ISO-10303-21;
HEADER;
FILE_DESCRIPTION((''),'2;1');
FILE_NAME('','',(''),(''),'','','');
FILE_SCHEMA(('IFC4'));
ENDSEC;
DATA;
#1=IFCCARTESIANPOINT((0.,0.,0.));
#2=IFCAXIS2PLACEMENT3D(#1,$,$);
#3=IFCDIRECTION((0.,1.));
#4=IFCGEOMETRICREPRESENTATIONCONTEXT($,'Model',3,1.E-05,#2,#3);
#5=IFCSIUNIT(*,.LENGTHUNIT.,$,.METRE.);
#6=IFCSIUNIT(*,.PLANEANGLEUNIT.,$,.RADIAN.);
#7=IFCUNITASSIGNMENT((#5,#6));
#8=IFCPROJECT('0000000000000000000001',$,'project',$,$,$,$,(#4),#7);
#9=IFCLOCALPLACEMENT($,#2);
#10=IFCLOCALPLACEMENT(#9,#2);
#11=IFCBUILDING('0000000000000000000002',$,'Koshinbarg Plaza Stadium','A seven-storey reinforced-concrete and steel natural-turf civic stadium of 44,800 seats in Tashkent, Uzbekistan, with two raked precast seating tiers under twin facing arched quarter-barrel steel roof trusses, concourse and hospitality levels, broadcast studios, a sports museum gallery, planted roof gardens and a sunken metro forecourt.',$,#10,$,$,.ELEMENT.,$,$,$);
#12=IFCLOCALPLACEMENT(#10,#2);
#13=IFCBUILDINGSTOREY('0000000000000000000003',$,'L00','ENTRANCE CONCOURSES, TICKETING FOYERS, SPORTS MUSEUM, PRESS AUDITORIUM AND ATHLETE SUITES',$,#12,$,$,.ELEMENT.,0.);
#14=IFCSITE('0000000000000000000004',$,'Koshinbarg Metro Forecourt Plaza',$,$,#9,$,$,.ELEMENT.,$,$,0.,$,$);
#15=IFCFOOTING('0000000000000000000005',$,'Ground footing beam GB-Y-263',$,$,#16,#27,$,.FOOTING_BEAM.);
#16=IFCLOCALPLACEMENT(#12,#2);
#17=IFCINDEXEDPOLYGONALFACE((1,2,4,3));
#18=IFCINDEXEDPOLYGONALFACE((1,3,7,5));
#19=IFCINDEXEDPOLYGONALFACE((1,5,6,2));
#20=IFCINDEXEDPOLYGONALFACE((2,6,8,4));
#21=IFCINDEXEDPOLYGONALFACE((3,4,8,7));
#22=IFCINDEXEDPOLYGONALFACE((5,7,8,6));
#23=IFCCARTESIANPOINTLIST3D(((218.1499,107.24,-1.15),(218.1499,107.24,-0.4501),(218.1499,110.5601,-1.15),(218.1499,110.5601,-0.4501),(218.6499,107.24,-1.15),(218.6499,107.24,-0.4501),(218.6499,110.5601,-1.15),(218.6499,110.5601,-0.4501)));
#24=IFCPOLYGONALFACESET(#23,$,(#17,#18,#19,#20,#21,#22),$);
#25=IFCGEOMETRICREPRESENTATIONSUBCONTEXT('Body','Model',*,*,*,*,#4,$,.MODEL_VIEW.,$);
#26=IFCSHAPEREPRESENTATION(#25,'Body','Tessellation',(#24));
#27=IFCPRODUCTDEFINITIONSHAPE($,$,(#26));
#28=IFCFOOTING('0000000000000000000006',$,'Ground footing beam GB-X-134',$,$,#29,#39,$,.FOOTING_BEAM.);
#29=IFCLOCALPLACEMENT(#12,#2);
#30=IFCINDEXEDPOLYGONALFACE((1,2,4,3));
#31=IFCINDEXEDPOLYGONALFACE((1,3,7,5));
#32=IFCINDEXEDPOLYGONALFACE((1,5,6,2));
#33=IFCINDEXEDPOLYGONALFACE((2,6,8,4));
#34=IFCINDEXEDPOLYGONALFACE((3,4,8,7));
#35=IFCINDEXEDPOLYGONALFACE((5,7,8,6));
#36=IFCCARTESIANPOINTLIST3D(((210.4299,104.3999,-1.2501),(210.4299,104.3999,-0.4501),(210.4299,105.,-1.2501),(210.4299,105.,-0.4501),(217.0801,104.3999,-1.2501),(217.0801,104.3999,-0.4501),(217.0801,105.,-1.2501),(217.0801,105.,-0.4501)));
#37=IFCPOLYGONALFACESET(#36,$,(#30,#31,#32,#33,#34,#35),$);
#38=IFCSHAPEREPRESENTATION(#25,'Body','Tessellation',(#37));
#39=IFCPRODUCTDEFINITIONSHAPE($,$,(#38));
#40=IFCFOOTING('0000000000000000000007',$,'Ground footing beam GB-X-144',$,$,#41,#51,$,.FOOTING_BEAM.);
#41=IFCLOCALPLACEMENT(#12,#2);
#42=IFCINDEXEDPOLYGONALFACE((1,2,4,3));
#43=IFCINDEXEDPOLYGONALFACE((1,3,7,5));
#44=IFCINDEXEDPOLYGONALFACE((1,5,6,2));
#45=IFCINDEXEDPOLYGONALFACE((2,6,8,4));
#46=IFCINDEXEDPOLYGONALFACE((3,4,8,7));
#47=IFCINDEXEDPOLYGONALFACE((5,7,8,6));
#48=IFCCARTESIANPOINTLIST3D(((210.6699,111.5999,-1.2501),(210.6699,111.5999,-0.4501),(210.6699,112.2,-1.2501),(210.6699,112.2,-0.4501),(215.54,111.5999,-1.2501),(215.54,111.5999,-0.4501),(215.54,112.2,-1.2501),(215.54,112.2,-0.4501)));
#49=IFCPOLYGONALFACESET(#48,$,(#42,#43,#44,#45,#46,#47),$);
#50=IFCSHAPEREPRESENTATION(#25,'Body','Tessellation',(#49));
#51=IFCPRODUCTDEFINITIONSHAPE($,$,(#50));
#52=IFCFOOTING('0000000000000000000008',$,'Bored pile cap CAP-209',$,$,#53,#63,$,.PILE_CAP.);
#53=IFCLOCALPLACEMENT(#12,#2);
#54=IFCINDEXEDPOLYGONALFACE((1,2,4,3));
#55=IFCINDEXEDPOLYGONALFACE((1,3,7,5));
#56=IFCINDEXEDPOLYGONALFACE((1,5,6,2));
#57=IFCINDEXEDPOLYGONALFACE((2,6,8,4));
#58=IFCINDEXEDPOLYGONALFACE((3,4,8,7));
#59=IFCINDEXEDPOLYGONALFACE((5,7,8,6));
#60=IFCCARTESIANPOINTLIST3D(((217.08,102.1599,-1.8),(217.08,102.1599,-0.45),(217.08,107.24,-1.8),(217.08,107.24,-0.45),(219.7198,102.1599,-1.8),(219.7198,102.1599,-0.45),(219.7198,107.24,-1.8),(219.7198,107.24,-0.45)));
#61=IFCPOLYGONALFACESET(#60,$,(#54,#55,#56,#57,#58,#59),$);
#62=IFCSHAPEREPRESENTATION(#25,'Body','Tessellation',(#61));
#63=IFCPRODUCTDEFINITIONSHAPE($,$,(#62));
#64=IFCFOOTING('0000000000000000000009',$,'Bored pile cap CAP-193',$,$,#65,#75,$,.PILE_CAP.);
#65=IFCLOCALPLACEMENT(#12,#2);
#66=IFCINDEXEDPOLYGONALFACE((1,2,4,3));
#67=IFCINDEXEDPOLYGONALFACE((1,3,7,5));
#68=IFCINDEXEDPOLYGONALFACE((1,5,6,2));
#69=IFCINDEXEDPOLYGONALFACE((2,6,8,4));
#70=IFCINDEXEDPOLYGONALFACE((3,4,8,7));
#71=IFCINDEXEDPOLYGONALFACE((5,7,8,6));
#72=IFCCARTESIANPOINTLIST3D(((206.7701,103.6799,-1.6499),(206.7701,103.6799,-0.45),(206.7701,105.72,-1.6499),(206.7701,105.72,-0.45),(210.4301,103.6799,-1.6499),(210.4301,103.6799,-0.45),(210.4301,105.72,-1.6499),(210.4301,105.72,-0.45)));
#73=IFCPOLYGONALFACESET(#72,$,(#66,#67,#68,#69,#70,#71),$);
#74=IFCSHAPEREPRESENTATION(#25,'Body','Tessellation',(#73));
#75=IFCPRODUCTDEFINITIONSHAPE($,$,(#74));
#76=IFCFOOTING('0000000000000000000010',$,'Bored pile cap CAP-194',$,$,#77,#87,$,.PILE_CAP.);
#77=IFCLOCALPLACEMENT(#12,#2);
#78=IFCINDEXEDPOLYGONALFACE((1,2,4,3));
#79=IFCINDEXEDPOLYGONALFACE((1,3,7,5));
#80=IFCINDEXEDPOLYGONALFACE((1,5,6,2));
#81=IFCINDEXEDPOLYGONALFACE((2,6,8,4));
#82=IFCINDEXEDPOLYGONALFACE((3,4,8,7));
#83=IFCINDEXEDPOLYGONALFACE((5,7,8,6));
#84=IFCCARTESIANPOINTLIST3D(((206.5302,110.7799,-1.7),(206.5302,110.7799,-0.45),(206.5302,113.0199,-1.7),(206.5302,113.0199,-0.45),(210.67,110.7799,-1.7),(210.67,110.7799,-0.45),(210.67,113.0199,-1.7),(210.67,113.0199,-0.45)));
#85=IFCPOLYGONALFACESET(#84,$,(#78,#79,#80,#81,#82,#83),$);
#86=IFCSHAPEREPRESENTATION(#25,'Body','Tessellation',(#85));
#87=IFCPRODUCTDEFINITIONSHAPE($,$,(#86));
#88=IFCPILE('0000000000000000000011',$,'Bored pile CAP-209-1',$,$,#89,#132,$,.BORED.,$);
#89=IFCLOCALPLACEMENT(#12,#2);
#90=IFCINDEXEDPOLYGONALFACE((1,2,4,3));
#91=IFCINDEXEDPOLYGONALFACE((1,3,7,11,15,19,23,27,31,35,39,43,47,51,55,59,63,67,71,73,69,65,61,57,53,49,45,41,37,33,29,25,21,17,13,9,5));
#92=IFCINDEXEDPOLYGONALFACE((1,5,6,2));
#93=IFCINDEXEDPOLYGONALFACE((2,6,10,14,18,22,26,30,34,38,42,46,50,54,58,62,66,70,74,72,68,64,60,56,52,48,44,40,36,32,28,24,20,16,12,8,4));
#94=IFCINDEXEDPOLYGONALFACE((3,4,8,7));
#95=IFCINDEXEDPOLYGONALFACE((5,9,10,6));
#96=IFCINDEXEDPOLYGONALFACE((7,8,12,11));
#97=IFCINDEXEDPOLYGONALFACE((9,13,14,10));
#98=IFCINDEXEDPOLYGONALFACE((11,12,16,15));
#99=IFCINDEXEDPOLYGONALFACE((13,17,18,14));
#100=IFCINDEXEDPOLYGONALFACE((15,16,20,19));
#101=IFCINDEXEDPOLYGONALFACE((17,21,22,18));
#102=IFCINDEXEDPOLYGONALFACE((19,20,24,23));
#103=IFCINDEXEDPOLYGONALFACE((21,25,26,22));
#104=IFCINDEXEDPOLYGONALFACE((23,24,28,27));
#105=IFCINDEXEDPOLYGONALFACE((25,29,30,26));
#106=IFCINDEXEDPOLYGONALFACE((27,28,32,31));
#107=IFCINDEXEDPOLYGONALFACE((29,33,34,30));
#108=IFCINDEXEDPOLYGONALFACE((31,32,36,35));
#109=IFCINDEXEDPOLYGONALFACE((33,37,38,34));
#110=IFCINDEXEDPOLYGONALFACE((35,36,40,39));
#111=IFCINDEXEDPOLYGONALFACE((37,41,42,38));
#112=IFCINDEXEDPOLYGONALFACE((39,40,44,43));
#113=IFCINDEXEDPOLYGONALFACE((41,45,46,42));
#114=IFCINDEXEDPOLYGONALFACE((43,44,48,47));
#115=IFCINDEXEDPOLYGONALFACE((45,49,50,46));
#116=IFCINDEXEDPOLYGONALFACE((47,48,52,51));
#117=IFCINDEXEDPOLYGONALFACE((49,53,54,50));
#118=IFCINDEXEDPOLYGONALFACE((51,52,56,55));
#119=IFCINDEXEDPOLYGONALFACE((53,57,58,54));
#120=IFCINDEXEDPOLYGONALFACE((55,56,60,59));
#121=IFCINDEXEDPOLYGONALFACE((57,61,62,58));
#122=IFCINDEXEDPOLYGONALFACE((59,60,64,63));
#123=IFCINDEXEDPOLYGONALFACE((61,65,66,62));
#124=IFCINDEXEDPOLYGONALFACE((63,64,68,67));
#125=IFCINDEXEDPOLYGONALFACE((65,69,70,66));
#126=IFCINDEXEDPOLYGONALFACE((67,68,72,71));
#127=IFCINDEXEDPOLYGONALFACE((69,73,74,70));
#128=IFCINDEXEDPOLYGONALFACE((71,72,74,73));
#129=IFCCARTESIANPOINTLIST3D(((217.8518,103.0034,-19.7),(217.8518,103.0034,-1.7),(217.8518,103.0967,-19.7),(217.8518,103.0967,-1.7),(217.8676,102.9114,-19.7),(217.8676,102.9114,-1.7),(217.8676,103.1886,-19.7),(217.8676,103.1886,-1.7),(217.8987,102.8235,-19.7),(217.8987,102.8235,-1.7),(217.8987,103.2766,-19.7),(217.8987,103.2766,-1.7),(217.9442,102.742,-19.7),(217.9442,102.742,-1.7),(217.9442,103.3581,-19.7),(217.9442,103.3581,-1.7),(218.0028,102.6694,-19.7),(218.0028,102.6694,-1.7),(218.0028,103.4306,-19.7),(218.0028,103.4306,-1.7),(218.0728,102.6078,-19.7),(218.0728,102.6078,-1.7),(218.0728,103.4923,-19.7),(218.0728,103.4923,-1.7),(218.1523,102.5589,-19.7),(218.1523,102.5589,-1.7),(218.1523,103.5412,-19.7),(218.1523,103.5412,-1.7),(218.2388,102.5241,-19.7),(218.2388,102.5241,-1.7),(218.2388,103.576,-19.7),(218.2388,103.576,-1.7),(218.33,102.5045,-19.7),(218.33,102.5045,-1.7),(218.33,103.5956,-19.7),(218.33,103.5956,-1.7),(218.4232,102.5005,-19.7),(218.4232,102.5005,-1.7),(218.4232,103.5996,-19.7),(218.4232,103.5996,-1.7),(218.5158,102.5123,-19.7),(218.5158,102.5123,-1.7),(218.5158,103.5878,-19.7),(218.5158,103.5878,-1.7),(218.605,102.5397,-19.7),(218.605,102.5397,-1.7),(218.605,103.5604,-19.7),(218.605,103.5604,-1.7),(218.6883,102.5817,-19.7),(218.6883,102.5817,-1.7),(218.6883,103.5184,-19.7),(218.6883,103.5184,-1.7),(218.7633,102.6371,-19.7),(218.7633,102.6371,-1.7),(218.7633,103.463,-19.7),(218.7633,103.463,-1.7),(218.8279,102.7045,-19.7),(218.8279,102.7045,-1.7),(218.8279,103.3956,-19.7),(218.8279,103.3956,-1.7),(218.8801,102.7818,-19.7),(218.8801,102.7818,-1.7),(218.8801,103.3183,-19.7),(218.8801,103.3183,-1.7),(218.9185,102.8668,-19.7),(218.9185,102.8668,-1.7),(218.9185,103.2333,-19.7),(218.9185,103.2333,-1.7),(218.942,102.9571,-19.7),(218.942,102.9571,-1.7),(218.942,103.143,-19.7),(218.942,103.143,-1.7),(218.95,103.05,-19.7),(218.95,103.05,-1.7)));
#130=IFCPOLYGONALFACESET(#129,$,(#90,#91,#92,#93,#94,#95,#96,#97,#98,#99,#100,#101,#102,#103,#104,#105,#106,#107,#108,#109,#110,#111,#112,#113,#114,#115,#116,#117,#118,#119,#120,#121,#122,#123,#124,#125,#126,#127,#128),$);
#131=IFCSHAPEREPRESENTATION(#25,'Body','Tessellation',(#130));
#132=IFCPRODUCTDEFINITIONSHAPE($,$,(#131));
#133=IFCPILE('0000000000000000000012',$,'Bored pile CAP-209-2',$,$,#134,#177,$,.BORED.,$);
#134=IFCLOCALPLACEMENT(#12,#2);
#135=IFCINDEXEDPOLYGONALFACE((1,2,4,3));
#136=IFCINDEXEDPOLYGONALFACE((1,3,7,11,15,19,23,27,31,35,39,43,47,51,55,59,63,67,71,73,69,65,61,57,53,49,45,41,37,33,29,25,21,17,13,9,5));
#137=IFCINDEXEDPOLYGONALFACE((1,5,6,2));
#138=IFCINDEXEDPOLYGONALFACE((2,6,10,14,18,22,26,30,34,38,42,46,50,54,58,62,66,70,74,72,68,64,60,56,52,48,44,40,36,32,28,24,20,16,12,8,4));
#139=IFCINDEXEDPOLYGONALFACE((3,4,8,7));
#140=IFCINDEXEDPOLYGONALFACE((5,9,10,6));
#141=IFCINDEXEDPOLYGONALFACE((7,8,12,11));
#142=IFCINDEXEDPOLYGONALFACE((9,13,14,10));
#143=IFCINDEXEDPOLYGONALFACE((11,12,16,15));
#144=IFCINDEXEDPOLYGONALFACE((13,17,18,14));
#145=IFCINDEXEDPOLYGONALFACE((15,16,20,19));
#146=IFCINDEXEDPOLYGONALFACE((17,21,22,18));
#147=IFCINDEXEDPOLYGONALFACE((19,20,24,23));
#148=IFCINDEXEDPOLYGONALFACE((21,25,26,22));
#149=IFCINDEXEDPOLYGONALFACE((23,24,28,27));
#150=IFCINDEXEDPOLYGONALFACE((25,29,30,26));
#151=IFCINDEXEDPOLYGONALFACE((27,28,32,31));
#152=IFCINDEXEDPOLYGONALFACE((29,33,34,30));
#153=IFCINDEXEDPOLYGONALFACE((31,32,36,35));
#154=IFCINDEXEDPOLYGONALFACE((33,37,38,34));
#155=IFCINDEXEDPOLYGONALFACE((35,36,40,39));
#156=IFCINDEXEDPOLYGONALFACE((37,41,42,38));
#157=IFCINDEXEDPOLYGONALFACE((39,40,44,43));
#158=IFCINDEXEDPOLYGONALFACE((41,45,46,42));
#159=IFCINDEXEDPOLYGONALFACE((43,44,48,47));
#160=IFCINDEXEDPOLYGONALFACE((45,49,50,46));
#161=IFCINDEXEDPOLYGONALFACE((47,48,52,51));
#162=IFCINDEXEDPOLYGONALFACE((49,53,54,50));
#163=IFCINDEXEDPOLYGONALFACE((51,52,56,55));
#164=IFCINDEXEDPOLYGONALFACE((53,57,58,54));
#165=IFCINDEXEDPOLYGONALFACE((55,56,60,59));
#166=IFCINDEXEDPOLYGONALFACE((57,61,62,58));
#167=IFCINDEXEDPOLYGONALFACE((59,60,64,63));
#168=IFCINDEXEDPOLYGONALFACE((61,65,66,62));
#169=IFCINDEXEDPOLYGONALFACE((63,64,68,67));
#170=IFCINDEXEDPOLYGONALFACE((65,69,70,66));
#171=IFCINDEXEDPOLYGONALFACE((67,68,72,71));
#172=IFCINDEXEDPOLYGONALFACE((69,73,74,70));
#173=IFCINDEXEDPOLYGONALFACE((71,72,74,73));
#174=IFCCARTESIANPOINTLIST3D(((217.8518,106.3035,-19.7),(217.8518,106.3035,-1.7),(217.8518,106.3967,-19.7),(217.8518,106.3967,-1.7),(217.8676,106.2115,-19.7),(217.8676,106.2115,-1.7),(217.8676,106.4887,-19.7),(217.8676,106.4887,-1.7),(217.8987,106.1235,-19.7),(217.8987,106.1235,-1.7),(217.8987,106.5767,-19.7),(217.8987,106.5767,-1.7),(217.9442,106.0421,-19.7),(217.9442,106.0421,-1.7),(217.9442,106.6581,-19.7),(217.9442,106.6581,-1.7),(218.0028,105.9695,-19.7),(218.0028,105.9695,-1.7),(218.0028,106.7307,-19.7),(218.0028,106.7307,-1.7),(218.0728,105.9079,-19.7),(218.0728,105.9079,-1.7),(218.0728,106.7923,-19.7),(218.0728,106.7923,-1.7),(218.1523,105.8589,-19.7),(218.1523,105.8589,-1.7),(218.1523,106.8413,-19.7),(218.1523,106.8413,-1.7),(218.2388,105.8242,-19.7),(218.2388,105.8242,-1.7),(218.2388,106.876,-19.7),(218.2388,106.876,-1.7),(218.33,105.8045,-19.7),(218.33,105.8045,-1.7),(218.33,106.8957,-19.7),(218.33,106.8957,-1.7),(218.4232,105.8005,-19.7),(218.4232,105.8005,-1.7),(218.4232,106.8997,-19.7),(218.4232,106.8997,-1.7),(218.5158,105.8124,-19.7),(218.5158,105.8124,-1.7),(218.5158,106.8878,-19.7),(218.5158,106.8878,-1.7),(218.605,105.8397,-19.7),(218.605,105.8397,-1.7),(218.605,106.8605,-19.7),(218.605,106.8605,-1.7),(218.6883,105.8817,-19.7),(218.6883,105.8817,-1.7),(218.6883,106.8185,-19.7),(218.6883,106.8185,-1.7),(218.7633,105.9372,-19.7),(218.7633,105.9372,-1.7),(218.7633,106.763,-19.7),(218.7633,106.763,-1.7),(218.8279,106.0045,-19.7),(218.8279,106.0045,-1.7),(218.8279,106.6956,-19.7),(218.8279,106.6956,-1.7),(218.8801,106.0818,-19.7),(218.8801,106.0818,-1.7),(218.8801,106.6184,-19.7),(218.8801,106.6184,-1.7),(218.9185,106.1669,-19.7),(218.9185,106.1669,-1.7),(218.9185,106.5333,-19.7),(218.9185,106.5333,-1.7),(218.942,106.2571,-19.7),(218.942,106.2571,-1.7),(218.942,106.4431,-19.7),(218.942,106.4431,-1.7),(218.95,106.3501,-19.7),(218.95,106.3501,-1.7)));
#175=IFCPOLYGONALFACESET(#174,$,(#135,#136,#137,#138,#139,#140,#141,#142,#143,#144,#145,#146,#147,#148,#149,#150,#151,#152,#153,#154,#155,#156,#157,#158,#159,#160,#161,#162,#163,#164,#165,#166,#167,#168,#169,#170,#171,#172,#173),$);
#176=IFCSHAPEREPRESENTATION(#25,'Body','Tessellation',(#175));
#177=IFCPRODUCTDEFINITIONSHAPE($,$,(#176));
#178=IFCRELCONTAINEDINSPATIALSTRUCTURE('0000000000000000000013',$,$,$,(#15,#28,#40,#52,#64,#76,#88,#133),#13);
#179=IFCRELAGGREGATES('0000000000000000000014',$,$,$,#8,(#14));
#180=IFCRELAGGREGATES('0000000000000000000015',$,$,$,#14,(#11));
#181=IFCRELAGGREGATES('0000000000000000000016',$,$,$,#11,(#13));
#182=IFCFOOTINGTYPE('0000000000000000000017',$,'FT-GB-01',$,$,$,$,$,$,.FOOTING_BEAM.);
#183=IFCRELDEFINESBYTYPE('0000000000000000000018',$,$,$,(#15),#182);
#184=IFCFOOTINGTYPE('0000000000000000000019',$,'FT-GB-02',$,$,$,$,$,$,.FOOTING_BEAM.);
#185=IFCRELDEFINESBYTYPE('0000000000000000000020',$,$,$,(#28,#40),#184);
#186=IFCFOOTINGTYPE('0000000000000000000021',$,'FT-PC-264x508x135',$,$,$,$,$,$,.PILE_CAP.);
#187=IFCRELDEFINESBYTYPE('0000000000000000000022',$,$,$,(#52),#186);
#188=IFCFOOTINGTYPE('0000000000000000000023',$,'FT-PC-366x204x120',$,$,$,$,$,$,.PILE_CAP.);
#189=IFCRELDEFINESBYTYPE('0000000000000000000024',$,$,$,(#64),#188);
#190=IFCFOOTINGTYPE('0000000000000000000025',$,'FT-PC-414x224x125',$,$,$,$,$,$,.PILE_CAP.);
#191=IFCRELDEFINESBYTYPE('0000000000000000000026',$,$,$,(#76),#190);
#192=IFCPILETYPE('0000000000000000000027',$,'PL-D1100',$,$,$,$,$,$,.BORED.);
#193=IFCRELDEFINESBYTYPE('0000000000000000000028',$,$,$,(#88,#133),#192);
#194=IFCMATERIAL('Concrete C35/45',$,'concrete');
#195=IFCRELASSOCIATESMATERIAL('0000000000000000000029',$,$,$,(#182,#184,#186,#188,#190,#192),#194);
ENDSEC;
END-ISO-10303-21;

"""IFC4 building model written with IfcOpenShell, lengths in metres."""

from ifc_helpers import new_model, si_unit, direction, frame, origin, origin_2d, place, context, subcontext, project, spatial, rectangle, circle, extrude, material, material_profile, profile_set, type_object, element, save


model = new_model("IFC4")

# Units and contexts
model_context = context("Model", 3, precision=1e-05, world=origin(), true_north=direction((0.0, 1.0)))
body_context = subcontext(model_context, "Body", "Model", "MODEL_VIEW")
ifc_project = project(units=[si_unit("LENGTHUNIT", "METRE"), si_unit("PLANEANGLEUNIT", "RADIAN")], contexts=[model_context])

# Site, building, storey
site_placement = place(None, origin())
site = spatial("IfcSite", under=ifc_project, at=site_placement, Name="Koshinbarg Metro Forecourt Plaza", CompositionType="ELEMENT", RefElevation=0.0)
building_placement = place(site_placement, origin())
building = spatial("IfcBuilding", under=site, at=building_placement, Name="Koshinbarg Plaza Stadium", Description="A seven-storey reinforced-concrete and steel natural-turf civic stadium of 44,800 seats in Tashkent, Uzbekistan, with two raked precast seating tiers under twin facing arched quarter-barrel steel roof trusses, concourse and hospitality levels, broadcast studios, a sports museum gallery, planted roof gardens and a sunken metro forecourt.", CompositionType="ELEMENT")
storey_placement = place(building_placement, origin())
storey = spatial("IfcBuildingStorey", under=building, at=storey_placement, Name="L00", Description="ENTRANCE CONCOURSES, TICKETING FOYERS, SPORTS MUSEUM, PRESS AUDITORIUM AND ATHLETE SUITES", CompositionType="ELEMENT", Elevation=0.0)

# Footings
ifc_material_1 = material(Name="Concrete C35/45", Category="concrete")
ifc_material_profile_1 = material_profile(ifc_material_1, rectangle(XDim=0.5, YDim=0.7, at=origin_2d()), Name="GB 500x700")
ifc_profile_set_1 = profile_set([ifc_material_profile_1], Name="Concrete C35/45")
footing_type_1 = type_object("IfcFootingType", Name="FT-GB-01", PredefinedType="FOOTING_BEAM", material=ifc_profile_set_1)
footing_1_placement = place(storey_placement, frame((218.3999, 107.24, -0.8), z_axis=(0.0, 1.0, 0.0), x_axis=(-1.0, 0.0, 0.0)))
element("IfcFooting", 1, at=footing_1_placement, inside=storey, type_object=footing_type_1, Name="Ground footing beam GB-Y-263", PredefinedType="FOOTING_BEAM", context=body_context, shape_type="SweptSolid", body=[
    extrude(rectangle(XDim=0.5, YDim=0.7, at=origin_2d()), origin(), (0.0, 0.0, 1.0), 3.3201),
])
ifc_material_profile_2 = material_profile(ifc_material_1, rectangle(XDim=0.6001, YDim=0.8, at=origin_2d()), Name="GB 600x800")
ifc_profile_set_2 = profile_set([ifc_material_profile_2], Name="Concrete C35/45")
footing_type_2 = type_object("IfcFootingType", Name="FT-GB-02", PredefinedType="FOOTING_BEAM", material=ifc_profile_set_2)
footing_2_placement = place(storey_placement, frame((210.4299, 104.7, -0.8501), z_axis=(1.0, 0.0, 0.0), x_axis=(0.0, 1.0, 0.0)))
element("IfcFooting", 2, at=footing_2_placement, inside=storey, type_object=footing_type_2, Name="Ground footing beam GB-X-134", PredefinedType="FOOTING_BEAM", context=body_context, shape_type="SweptSolid", body=[
    extrude(rectangle(XDim=0.6001, YDim=0.8, at=origin_2d()), origin(), (0.0, 0.0, 1.0), 6.6501),
])
footing_3_placement = place(storey_placement, frame((210.6699, 111.8999, -0.8501), z_axis=(1.0, 0.0, 0.0), x_axis=(0.0, 1.0, 0.0)))
element("IfcFooting", 3, at=footing_3_placement, inside=storey, type_object=footing_type_2, Name="Ground footing beam GB-X-144", PredefinedType="FOOTING_BEAM", context=body_context, shape_type="SweptSolid", body=[
    extrude(rectangle(XDim=0.6001, YDim=0.8, at=origin_2d()), origin(), (0.0, 0.0, 1.0), 4.8701),
])
footing_type_3 = type_object("IfcFootingType", Name="FT-PC-264x508x135", PredefinedType="PILE_CAP", material=ifc_material_1)
footing_4_placement = place(storey_placement, frame((218.3999, 104.7, -1.8), z_axis=(0.0, 0.0, 1.0), x_axis=(1.0, 0.0, 0.0)))
element("IfcFooting", 4, at=footing_4_placement, inside=storey, type_object=footing_type_3, Name="Bored pile cap CAP-209", PredefinedType="PILE_CAP", context=body_context, shape_type="SweptSolid", body=[
    extrude(rectangle(XDim=2.6399, YDim=5.0801, at=origin_2d()), origin(), (0.0, 0.0, 1.0), 1.3501),
])
footing_type_4 = type_object("IfcFootingType", Name="FT-PC-366x204x120", PredefinedType="PILE_CAP", material=ifc_material_1)
footing_5_placement = place(storey_placement, frame((208.6001, 104.7, -1.6499), z_axis=(0.0, 0.0, 1.0), x_axis=(1.0, 0.0, 0.0)))
element("IfcFooting", 5, at=footing_5_placement, inside=storey, type_object=footing_type_4, Name="Bored pile cap CAP-193", PredefinedType="PILE_CAP", context=body_context, shape_type="SweptSolid", body=[
    extrude(rectangle(XDim=3.6599, YDim=2.04, at=origin_2d()), origin(), (0.0, 0.0, 1.0), 1.2),
])
footing_type_5 = type_object("IfcFootingType", Name="FT-PC-414x224x125", PredefinedType="PILE_CAP", material=ifc_material_1)
footing_6_placement = place(storey_placement, frame((208.6001, 111.8999, -1.7), z_axis=(0.0, 0.0, 1.0), x_axis=(1.0, 0.0, 0.0)))
element("IfcFooting", 6, at=footing_6_placement, inside=storey, type_object=footing_type_5, Name="Bored pile cap CAP-194", PredefinedType="PILE_CAP", context=body_context, shape_type="SweptSolid", body=[
    extrude(rectangle(XDim=4.1399, YDim=2.24, at=origin_2d()), origin(), (0.0, 0.0, 1.0), 1.25),
])

# Piles
ifc_material_profile_3 = material_profile(ifc_material_1, circle(Radius=0.55, at=origin_2d()), Name="PILE D1100")
ifc_profile_set_3 = profile_set([ifc_material_profile_3], Name="Concrete C35/45")
pile_type_1 = type_object("IfcPileType", Name="PL-D1100", PredefinedType="BORED", material=ifc_profile_set_3)
for number, where, z_axis, x_axis, name in (
    (7, (218.3999, 103.05, -1.7), (0.0, 0.0, -1.0), (1.0, 0.0, 0.0), "Bored pile CAP-209-1"),
    (8, (218.3999, 106.3501, -1.7), (0.0, 0.0, -1.0), (1.0, 0.0, 0.0), "Bored pile CAP-209-2"),
):
    element("IfcPile", number, at=place(storey_placement, frame(where, z_axis=z_axis, x_axis=x_axis)), inside=storey, type_object=pile_type_1, Name=name, PredefinedType="BORED", context=body_context, shape_type="SweptSolid", body=[
        extrude(circle(Radius=0.55, at=origin_2d()), origin(), (0.0, 0.0, 1.0), 18.0),
    ])

save(model, "model.ifc")
